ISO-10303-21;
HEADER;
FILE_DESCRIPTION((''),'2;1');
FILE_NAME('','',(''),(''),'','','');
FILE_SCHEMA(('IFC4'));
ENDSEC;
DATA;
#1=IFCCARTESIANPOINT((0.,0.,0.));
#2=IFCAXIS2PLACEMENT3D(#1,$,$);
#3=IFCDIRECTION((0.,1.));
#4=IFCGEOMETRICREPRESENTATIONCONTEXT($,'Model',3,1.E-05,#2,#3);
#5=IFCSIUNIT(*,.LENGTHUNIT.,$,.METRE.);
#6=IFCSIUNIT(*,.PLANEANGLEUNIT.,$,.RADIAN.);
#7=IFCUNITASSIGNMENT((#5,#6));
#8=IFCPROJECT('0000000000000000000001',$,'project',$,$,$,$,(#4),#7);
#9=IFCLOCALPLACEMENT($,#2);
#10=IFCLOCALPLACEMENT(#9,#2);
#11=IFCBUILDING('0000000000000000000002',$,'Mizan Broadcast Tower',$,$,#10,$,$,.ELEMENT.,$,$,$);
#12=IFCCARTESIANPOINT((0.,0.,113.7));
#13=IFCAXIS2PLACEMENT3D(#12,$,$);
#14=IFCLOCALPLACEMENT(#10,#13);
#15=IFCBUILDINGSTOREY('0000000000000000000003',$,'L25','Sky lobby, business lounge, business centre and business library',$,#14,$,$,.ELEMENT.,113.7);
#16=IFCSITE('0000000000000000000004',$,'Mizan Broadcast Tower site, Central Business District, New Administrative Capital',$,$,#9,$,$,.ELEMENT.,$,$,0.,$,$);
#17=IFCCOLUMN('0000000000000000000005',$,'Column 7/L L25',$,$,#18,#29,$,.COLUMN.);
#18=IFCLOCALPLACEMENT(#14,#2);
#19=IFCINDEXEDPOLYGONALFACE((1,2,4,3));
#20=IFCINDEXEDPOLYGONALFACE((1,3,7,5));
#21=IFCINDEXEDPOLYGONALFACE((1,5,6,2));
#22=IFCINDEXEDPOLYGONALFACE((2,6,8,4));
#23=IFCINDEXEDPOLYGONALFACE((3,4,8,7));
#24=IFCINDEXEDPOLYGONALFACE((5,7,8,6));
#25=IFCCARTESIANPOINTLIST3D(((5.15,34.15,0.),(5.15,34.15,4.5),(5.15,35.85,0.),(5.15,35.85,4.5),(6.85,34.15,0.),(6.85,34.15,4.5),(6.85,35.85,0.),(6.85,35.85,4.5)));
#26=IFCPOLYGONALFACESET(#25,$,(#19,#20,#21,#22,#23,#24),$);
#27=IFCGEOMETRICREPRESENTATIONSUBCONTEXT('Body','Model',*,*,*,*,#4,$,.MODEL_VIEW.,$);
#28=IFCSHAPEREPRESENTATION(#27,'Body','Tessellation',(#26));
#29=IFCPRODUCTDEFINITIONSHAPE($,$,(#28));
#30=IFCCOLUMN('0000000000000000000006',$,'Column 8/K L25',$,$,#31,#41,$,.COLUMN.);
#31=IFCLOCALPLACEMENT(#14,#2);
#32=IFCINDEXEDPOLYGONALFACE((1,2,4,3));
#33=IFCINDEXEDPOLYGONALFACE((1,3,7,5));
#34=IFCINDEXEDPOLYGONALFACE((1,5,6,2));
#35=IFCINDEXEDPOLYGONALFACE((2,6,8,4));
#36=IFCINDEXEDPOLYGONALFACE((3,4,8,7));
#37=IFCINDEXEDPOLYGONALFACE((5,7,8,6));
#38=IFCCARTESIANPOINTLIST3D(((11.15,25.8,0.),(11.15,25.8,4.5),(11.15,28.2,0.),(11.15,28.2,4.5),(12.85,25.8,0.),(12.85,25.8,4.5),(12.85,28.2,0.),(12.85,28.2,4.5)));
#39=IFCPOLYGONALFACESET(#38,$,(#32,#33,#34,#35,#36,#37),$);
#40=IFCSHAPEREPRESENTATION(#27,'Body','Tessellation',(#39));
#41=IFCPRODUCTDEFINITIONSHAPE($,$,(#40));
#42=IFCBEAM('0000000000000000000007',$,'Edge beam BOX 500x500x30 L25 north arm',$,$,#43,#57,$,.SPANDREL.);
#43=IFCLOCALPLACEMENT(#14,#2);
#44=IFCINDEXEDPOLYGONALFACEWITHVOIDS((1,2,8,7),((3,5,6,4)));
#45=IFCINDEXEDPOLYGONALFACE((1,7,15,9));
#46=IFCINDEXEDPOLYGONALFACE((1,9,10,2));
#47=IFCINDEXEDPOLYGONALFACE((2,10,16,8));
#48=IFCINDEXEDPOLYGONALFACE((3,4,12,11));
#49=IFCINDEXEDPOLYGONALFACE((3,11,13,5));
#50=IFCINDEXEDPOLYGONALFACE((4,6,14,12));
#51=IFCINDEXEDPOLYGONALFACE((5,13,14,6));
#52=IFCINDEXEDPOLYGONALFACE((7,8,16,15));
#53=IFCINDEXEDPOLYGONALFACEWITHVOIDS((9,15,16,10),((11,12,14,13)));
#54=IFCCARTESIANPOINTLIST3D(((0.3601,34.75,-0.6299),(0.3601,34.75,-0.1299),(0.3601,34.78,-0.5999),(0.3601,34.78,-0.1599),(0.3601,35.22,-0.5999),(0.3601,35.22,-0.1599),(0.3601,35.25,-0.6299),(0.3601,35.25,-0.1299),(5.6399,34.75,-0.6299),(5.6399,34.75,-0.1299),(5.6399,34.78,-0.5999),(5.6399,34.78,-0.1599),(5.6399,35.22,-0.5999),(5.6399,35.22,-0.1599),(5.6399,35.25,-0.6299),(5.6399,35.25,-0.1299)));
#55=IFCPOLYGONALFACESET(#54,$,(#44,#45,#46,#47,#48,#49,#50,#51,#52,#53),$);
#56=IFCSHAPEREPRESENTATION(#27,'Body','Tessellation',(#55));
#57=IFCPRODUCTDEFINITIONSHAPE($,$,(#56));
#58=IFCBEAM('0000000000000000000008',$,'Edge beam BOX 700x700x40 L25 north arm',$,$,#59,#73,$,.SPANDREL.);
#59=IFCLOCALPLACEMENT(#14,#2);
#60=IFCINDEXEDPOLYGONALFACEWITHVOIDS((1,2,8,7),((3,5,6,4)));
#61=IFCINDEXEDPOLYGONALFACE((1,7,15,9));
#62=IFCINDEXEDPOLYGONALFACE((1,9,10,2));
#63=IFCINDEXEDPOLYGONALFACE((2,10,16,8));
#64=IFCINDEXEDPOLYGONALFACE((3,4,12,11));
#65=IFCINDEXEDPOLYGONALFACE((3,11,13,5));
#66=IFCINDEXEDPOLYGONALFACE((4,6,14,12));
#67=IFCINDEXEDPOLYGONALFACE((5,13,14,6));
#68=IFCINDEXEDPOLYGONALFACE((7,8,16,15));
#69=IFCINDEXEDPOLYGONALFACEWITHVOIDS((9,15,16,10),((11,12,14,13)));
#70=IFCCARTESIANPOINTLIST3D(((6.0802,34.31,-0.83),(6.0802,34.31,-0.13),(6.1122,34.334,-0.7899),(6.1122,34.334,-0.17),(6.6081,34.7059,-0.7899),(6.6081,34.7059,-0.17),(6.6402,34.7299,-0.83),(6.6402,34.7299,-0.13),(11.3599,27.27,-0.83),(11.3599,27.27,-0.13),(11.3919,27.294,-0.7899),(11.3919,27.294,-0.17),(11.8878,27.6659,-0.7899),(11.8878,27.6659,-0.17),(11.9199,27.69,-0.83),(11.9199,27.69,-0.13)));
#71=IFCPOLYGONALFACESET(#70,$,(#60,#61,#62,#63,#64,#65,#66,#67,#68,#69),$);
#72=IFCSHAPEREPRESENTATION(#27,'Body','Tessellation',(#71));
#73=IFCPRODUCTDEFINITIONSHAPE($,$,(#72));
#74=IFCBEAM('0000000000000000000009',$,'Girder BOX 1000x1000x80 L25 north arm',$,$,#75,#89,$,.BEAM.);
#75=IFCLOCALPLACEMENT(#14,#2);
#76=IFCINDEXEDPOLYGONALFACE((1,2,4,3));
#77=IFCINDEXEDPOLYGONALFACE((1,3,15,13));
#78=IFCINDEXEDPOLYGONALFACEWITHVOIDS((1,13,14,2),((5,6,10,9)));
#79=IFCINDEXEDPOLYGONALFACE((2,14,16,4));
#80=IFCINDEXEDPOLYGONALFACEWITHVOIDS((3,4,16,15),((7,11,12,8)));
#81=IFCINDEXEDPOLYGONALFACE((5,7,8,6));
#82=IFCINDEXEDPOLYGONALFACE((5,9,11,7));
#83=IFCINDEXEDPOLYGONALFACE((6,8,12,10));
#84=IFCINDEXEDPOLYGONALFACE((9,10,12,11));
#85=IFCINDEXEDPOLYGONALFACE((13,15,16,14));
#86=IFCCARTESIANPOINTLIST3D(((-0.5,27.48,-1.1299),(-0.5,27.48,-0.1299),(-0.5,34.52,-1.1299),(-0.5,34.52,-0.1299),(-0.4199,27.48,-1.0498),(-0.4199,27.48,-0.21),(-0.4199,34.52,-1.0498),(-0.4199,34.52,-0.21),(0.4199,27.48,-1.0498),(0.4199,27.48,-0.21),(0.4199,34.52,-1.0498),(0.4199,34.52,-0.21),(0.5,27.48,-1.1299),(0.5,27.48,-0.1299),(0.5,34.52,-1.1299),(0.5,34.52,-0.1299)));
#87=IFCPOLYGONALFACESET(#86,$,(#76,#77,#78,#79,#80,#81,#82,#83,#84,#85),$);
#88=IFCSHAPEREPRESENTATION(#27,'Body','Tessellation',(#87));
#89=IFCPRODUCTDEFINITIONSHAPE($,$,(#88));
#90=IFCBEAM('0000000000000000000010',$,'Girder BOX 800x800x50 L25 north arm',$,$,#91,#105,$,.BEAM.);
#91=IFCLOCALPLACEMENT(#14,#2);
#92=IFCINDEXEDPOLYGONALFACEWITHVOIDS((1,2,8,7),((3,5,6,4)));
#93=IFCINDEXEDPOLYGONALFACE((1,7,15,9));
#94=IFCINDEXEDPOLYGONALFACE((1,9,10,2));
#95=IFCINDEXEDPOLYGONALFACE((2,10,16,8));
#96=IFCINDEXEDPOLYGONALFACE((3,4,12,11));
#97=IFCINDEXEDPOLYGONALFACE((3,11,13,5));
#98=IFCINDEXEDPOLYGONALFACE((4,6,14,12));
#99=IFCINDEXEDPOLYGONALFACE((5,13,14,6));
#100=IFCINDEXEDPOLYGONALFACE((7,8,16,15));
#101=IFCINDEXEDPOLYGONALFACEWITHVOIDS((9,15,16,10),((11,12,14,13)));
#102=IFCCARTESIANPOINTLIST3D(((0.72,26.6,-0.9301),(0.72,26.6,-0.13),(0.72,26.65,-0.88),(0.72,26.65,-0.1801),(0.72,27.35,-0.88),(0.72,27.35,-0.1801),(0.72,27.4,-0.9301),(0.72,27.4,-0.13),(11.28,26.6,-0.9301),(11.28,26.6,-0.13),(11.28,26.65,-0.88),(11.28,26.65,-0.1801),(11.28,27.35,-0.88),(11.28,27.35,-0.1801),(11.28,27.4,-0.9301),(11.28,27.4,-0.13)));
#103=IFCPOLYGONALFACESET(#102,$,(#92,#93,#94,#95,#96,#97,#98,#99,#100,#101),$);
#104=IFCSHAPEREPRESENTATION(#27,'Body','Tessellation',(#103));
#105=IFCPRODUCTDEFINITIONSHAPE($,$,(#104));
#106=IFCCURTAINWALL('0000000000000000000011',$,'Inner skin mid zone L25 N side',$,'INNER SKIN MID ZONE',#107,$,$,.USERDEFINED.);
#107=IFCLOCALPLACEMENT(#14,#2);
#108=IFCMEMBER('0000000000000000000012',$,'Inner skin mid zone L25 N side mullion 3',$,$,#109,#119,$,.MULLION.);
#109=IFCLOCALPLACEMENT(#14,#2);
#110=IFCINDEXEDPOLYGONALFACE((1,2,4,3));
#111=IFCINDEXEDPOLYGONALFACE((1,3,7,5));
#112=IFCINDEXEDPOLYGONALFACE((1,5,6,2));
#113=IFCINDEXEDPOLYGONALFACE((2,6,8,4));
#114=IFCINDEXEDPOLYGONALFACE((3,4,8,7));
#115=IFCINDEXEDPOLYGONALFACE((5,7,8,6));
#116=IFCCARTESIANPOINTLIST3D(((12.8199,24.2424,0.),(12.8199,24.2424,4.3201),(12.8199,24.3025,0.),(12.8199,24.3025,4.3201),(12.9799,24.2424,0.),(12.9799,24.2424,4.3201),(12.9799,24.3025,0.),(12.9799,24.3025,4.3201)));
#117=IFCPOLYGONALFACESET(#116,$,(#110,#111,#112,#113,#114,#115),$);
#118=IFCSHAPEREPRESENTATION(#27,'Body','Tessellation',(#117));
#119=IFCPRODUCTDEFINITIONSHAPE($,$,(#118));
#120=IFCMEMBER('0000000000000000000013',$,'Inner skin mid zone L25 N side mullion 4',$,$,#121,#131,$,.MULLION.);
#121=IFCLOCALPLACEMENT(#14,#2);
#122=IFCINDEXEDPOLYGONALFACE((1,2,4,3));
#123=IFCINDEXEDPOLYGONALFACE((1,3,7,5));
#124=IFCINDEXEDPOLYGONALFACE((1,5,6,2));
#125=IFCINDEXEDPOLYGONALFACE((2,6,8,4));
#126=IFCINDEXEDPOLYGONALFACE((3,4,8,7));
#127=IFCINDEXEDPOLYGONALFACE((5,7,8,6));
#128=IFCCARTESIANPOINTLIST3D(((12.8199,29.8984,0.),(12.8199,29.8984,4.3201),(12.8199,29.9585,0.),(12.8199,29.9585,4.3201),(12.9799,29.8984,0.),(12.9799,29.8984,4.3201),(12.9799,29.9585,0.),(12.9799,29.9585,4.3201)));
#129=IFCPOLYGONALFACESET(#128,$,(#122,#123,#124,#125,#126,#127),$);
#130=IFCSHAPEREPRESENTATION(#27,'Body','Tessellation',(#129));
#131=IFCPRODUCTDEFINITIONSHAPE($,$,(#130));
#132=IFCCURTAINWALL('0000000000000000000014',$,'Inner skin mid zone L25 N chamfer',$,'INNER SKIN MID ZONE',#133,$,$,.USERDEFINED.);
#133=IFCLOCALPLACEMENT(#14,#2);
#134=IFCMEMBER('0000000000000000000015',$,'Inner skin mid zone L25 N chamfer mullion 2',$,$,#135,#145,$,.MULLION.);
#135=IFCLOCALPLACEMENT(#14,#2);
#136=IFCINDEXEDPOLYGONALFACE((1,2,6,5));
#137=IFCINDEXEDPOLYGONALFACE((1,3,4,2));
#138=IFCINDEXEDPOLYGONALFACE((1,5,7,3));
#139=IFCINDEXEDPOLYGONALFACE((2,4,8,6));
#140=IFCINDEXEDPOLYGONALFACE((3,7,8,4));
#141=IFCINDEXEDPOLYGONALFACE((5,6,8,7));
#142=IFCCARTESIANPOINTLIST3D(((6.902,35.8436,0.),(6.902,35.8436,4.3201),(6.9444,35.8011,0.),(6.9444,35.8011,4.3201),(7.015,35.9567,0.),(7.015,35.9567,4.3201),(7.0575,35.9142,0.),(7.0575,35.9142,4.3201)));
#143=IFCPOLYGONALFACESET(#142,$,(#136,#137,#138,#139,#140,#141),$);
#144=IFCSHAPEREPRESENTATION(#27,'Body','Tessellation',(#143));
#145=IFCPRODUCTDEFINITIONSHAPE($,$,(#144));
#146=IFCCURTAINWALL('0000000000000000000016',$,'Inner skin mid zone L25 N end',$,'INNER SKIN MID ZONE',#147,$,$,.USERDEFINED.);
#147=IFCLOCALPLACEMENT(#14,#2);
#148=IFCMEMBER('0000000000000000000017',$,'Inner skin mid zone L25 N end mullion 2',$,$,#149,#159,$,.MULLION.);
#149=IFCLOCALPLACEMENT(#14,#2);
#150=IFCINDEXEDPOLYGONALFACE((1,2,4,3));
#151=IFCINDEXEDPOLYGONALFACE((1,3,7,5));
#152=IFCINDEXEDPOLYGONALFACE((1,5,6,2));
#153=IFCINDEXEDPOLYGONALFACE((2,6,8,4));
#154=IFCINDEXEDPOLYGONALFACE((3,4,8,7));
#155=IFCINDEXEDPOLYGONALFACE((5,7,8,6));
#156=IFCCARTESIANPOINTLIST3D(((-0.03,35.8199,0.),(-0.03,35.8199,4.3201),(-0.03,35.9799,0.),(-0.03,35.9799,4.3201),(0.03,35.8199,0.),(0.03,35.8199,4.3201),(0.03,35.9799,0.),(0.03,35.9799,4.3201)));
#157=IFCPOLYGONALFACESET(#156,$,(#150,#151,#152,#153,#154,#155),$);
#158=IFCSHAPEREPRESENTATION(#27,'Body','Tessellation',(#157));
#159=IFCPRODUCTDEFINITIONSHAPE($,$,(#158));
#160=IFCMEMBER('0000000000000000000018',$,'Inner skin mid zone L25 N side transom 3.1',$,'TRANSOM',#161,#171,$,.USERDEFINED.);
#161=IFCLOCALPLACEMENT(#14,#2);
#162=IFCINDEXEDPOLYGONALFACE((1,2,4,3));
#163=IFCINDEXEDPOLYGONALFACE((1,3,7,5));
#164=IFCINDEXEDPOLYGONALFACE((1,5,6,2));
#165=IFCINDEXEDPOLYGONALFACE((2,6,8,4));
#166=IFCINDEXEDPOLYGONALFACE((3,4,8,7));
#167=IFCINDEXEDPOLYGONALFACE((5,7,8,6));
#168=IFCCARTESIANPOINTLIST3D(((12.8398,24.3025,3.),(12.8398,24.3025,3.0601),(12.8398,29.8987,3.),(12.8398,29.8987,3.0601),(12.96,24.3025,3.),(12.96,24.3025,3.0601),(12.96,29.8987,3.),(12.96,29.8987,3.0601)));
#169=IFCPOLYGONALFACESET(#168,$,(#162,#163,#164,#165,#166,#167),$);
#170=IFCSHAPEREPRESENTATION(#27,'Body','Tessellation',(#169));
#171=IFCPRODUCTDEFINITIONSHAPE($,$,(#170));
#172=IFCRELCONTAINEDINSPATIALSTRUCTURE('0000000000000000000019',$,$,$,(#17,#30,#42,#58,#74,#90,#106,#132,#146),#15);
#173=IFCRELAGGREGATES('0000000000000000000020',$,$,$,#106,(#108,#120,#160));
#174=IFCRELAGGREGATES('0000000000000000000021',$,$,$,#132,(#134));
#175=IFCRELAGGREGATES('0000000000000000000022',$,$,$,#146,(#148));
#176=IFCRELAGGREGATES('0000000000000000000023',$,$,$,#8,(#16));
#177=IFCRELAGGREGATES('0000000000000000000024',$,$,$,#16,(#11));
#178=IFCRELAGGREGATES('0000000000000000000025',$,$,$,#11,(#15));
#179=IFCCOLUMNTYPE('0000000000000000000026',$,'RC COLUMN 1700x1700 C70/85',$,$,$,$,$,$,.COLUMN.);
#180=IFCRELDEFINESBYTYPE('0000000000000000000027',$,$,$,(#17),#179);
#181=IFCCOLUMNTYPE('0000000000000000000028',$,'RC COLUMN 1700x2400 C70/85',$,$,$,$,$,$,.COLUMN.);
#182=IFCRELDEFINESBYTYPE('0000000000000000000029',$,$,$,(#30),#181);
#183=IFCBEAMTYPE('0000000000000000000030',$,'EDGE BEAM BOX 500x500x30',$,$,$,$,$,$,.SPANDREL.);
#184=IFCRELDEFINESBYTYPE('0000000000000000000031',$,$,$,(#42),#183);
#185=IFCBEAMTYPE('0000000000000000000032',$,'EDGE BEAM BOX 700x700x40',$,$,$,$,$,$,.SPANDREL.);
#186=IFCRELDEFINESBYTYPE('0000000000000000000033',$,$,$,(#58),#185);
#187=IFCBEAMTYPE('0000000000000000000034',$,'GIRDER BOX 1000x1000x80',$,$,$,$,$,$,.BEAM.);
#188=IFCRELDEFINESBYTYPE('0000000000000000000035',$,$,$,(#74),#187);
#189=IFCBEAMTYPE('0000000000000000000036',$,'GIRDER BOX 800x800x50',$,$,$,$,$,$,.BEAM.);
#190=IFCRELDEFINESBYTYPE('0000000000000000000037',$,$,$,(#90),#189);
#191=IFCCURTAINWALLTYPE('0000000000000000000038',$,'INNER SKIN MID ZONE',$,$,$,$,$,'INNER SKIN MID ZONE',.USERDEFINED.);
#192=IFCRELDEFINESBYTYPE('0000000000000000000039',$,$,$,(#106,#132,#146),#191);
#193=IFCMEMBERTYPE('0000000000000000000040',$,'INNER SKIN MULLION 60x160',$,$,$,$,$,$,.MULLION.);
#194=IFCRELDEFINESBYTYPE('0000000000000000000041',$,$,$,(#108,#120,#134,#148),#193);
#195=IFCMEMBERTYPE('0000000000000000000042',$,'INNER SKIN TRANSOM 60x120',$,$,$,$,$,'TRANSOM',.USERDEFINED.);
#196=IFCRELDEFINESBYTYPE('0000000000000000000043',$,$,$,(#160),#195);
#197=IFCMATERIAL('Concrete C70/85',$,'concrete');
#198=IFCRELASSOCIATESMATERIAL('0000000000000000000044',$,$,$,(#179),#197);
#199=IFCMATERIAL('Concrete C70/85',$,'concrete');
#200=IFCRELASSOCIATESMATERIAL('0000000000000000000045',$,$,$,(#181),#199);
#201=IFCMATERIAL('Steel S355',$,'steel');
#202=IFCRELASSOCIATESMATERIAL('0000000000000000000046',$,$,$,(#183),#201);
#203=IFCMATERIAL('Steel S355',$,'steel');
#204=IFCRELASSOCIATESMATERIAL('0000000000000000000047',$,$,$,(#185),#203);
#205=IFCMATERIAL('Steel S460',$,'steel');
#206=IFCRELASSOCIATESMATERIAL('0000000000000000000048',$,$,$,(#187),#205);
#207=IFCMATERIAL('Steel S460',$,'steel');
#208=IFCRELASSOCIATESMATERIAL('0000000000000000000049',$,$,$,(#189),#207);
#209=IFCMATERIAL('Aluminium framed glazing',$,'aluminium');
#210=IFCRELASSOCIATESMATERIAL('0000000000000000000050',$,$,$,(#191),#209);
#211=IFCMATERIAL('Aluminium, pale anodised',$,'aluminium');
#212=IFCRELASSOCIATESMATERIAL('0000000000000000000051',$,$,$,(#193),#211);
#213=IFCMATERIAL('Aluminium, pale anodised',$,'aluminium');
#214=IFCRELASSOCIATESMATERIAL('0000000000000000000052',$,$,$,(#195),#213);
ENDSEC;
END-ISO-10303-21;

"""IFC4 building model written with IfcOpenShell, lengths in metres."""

from ifc_helpers import new_model, si_unit, direction, frame, origin, origin_2d, place, context, subcontext, project, spatial, rectangle, hollow_rectangle, extrude, material, material_profile, profile_set, type_object, element, aggregate, save


model = new_model("IFC4")

# Units and contexts
model_context = context("Model", 3, precision=1e-05, world=origin(), true_north=direction((0.0, 1.0)))
body_context = subcontext(model_context, "Body", "Model", "MODEL_VIEW")
ifc_project = project(units=[si_unit("LENGTHUNIT", "METRE"), si_unit("PLANEANGLEUNIT", "RADIAN")], contexts=[model_context])

# Site, building, storey
site_placement = place(None, origin())
site = spatial("IfcSite", under=ifc_project, at=site_placement, Name="Mizan Broadcast Tower site, Central Business District, New Administrative Capital", CompositionType="ELEMENT", RefElevation=0.0)
building_placement = place(site_placement, origin())
building = spatial("IfcBuilding", under=site, at=building_placement, Name="Mizan Broadcast Tower", CompositionType="ELEMENT")
storey_placement = place(building_placement, frame((0.0, 0.0, 113.7)))
storey = spatial("IfcBuildingStorey", under=building, at=storey_placement, Name="L25", Description="Sky lobby, business lounge, business centre and business library", CompositionType="ELEMENT", Elevation=113.7)

# Columns
ifc_material_1 = material(Name="Concrete C70/85", Category="concrete")
ifc_material_profile_1 = material_profile(ifc_material_1, rectangle(XDim=1.7, YDim=1.7, at=origin_2d()), Name="RC 1700x1700")
ifc_profile_set_1 = profile_set([ifc_material_profile_1], Name="Concrete C70/85")
column_type_1 = type_object("IfcColumnType", Name="RC COLUMN 1700x1700 C70/85", PredefinedType="COLUMN", material=ifc_profile_set_1)
column_1_placement = place(storey_placement, frame((6.0, 35.0, 0.0), z_axis=(0.0, 0.0, 1.0), x_axis=(1.0, 0.0, 0.0)))
element("IfcColumn", 1, at=column_1_placement, inside=storey, type_object=column_type_1, Name="Column 7/L L25", PredefinedType="COLUMN", context=body_context, shape_type="SweptSolid", body=[
    extrude(rectangle(XDim=1.7, YDim=1.7, at=origin_2d()), origin(), (0.0, 0.0, 1.0), 4.5),
])
ifc_material_2 = material(Name="Concrete C70/85", Category="concrete")
ifc_material_profile_2 = material_profile(ifc_material_2, rectangle(XDim=1.7, YDim=2.3999, at=origin_2d()), Name="RC 1700x2400")
ifc_profile_set_2 = profile_set([ifc_material_profile_2], Name="Concrete C70/85")
column_type_2 = type_object("IfcColumnType", Name="RC COLUMN 1700x2400 C70/85", PredefinedType="COLUMN", material=ifc_profile_set_2)
column_2_placement = place(storey_placement, frame((12.0, 27.0, 0.0), z_axis=(0.0, 0.0, 1.0), x_axis=(1.0, 0.0, 0.0)))
element("IfcColumn", 2, at=column_2_placement, inside=storey, type_object=column_type_2, Name="Column 8/K L25", PredefinedType="COLUMN", context=body_context, shape_type="SweptSolid", body=[
    extrude(rectangle(XDim=1.7, YDim=2.3999, at=origin_2d()), origin(), (0.0, 0.0, 1.0), 4.5),
])

# Beams
ifc_material_3 = material(Name="Steel S355", Category="steel")
ifc_material_profile_3 = material_profile(ifc_material_3, hollow_rectangle(XDim=0.5, YDim=0.5, WallThickness=0.03, at=origin_2d()), Name="BOX 500x500x30")
ifc_profile_set_3 = profile_set([ifc_material_profile_3], Name="Steel S355")
beam_type_1 = type_object("IfcBeamType", Name="EDGE BEAM BOX 500x500x30", PredefinedType="SPANDREL", material=ifc_profile_set_3)
beam_1_placement = place(storey_placement, frame((5.6399, 35.0, -0.3799), z_axis=(-1.0, 0.0, 0.0), x_axis=(0.0, -1.0, 0.0)))
element("IfcBeam", 3, at=beam_1_placement, inside=storey, type_object=beam_type_1, Name="Edge beam BOX 500x500x30 L25 north arm", PredefinedType="SPANDREL", context=body_context, shape_type="SweptSolid", body=[
    extrude(hollow_rectangle(XDim=0.5, YDim=0.5, WallThickness=0.03, at=origin_2d()), origin(), (0.0, 0.0, 1.0), 5.2798),
])
ifc_material_4 = material(Name="Steel S355", Category="steel")
ifc_material_profile_4 = material_profile(ifc_material_4, hollow_rectangle(XDim=0.7, YDim=0.7, WallThickness=0.04, at=origin_2d()), Name="BOX 700x700x40")
ifc_profile_set_4 = profile_set([ifc_material_profile_4], Name="Steel S355")
beam_type_2 = type_object("IfcBeamType", Name="EDGE BEAM BOX 700x700x40", PredefinedType="SPANDREL", material=ifc_profile_set_4)
beam_2_placement = place(storey_placement, frame((11.6399, 27.48, -0.48), z_axis=(-0.599982, 0.800013, 0.0), x_axis=(-0.800013, -0.599982, 0.0)))
element("IfcBeam", 4, at=beam_2_placement, inside=storey, type_object=beam_type_2, Name="Edge beam BOX 700x700x40 L25 north arm", PredefinedType="SPANDREL", context=body_context, shape_type="SweptSolid", body=[
    extrude(hollow_rectangle(XDim=0.7, YDim=0.7, WallThickness=0.04, at=origin_2d()), origin(), (0.0, 0.0, 1.0), 8.7998),
])
ifc_material_5 = material(Name="Steel S460", Category="steel")
ifc_material_profile_5 = material_profile(ifc_material_5, hollow_rectangle(XDim=1.0, YDim=1.0, WallThickness=0.0801, at=origin_2d()), Name="BOX 1000x1000x80")
ifc_profile_set_5 = profile_set([ifc_material_profile_5], Name="Steel S460")
beam_type_3 = type_object("IfcBeamType", Name="GIRDER BOX 1000x1000x80", PredefinedType="BEAM", material=ifc_profile_set_5)
beam_3_placement = place(storey_placement, frame((0.0, 27.48, -0.6299), z_axis=(0.0, 1.0, 0.0), x_axis=(-1.0, 0.0, 0.0)))
element("IfcBeam", 5, at=beam_3_placement, inside=storey, type_object=beam_type_3, Name="Girder BOX 1000x1000x80 L25 north arm", PredefinedType="BEAM", context=body_context, shape_type="SweptSolid", body=[
    extrude(hollow_rectangle(XDim=1.0, YDim=1.0, WallThickness=0.0801, at=origin_2d()), origin(), (0.0, 0.0, 1.0), 7.04),
])
ifc_material_6 = material(Name="Steel S460", Category="steel")
ifc_material_profile_6 = material_profile(ifc_material_6, hollow_rectangle(XDim=0.8, YDim=0.8, WallThickness=0.05, at=origin_2d()), Name="BOX 800x800x50")
ifc_profile_set_6 = profile_set([ifc_material_profile_6], Name="Steel S460")
beam_type_4 = type_object("IfcBeamType", Name="GIRDER BOX 800x800x50", PredefinedType="BEAM", material=ifc_profile_set_6)
beam_4_placement = place(storey_placement, frame((11.28, 27.0, -0.53), z_axis=(-1.0, 0.0, 0.0), x_axis=(0.0, -1.0, 0.0)))
element("IfcBeam", 6, at=beam_4_placement, inside=storey, type_object=beam_type_4, Name="Girder BOX 800x800x50 L25 north arm", PredefinedType="BEAM", context=body_context, shape_type="SweptSolid", body=[
    extrude(hollow_rectangle(XDim=0.8, YDim=0.8, WallThickness=0.05, at=origin_2d()), origin(), (0.0, 0.0, 1.0), 10.5601),
])

# Curtain wall, members
ifc_material_7 = material(Name="Aluminium framed glazing", Category="aluminium")
curtain_wall_type_1 = type_object("IfcCurtainWallType", Name="INNER SKIN MID ZONE", ElementType="INNER SKIN MID ZONE", PredefinedType="USERDEFINED", material=ifc_material_7)
curtain_wall_1_placement = place(storey_placement, origin())
curtain_wall_1 = element("IfcCurtainWall", 7, at=curtain_wall_1_placement, inside=storey, type_object=curtain_wall_type_1, Name="Inner skin mid zone L25 N side", ObjectType="INNER SKIN MID ZONE", PredefinedType="USERDEFINED")
ifc_material_8 = material(Name="Aluminium, pale anodised", Category="aluminium")
ifc_material_profile_7 = material_profile(ifc_material_8, rectangle(XDim=0.1599, YDim=0.0601, at=origin_2d()), Name="MULLION 160x60")
ifc_profile_set_7 = profile_set([ifc_material_profile_7], Name="Aluminium, pale anodised")
member_type_1 = type_object("IfcMemberType", Name="INNER SKIN MULLION 60x160", PredefinedType="MULLION", material=ifc_profile_set_7)
member_1_placement = place(storey_placement, frame((12.8999, 24.2725, 0.0), z_axis=(0.0, 0.0, 1.0), x_axis=(-1.0, 0.0, 0.0)))
member_1 = element("IfcMember", 8, at=member_1_placement, type_object=member_type_1, Name="Inner skin mid zone L25 N side mullion 3", PredefinedType="MULLION", context=body_context, shape_type="SweptSolid", body=[
    extrude(rectangle(XDim=0.1599, YDim=0.0601, at=origin_2d()), origin(), (0.0, 0.0, 1.0), 4.3201),
])
member_2_placement = place(storey_placement, frame((12.8999, 29.9285, 0.0), z_axis=(0.0, 0.0, 1.0), x_axis=(-1.0, 0.0, 0.0)))
member_2 = element("IfcMember", 9, at=member_2_placement, type_object=member_type_1, Name="Inner skin mid zone L25 N side mullion 4", PredefinedType="MULLION", context=body_context, shape_type="SweptSolid", body=[
    extrude(rectangle(XDim=0.1599, YDim=0.0601, at=origin_2d()), origin(), (0.0, 0.0, 1.0), 4.3201),
])

# Curtain walls, members
curtain_wall_2_placement = place(storey_placement, origin())
curtain_wall_2 = element("IfcCurtainWall", 10, at=curtain_wall_2_placement, inside=storey, type_object=curtain_wall_type_1, Name="Inner skin mid zone L25 N chamfer", ObjectType="INNER SKIN MID ZONE", PredefinedType="USERDEFINED")
member_3_placement = place(storey_placement, frame((6.9797, 35.8789, 0.0), z_axis=(0.0, 0.0, 1.0), x_axis=(-0.707107, -0.707107, 0.0)))
member_3 = element("IfcMember", 11, at=member_3_placement, type_object=member_type_1, Name="Inner skin mid zone L25 N chamfer mullion 2", PredefinedType="MULLION", context=body_context, shape_type="SweptSolid", body=[
    extrude(rectangle(XDim=0.1599, YDim=0.0601, at=origin_2d()), origin(), (0.0, 0.0, 1.0), 4.3201),
])
curtain_wall_3_placement = place(storey_placement, origin())
curtain_wall_3 = element("IfcCurtainWall", 12, at=curtain_wall_3_placement, inside=storey, type_object=curtain_wall_type_1, Name="Inner skin mid zone L25 N end", ObjectType="INNER SKIN MID ZONE", PredefinedType="USERDEFINED")
member_4_placement = place(storey_placement, frame((0.0, 35.8999, 0.0), z_axis=(0.0, 0.0, 1.0), x_axis=(0.0, -1.0, 0.0)))
member_4 = element("IfcMember", 13, at=member_4_placement, type_object=member_type_1, Name="Inner skin mid zone L25 N end mullion 2", PredefinedType="MULLION", context=body_context, shape_type="SweptSolid", body=[
    extrude(rectangle(XDim=0.1599, YDim=0.0601, at=origin_2d()), origin(), (0.0, 0.0, 1.0), 4.3201),
])

# Member
ifc_material_9 = material(Name="Aluminium, pale anodised", Category="aluminium")
ifc_material_profile_8 = material_profile(ifc_material_9, rectangle(XDim=0.1201, YDim=0.0601, at=origin_2d()), Name="TRANSOM 120x60")
ifc_profile_set_8 = profile_set([ifc_material_profile_8], Name="Aluminium, pale anodised")
member_type_2 = type_object("IfcMemberType", Name="INNER SKIN TRANSOM 60x120", ElementType="TRANSOM", PredefinedType="USERDEFINED", material=ifc_profile_set_8)
member_5_placement = place(storey_placement, frame((12.8999, 24.3025, 3.03), z_axis=(0.0, 1.0, 0.0), x_axis=(-1.0, 0.0, 0.0)))
member_5 = element("IfcMember", 14, at=member_5_placement, type_object=member_type_2, Name="Inner skin mid zone L25 N side transom 3.1", ObjectType="TRANSOM", PredefinedType="USERDEFINED", context=body_context, shape_type="SweptSolid", body=[
    extrude(rectangle(XDim=0.1201, YDim=0.0601, at=origin_2d()), origin(), (0.0, 0.0, 1.0), 5.5962),
])

aggregate(curtain_wall_1, [member_1, member_2, member_5])
aggregate(curtain_wall_2, [member_3])
aggregate(curtain_wall_3, [member_4])

save(model, "model.ifc")
